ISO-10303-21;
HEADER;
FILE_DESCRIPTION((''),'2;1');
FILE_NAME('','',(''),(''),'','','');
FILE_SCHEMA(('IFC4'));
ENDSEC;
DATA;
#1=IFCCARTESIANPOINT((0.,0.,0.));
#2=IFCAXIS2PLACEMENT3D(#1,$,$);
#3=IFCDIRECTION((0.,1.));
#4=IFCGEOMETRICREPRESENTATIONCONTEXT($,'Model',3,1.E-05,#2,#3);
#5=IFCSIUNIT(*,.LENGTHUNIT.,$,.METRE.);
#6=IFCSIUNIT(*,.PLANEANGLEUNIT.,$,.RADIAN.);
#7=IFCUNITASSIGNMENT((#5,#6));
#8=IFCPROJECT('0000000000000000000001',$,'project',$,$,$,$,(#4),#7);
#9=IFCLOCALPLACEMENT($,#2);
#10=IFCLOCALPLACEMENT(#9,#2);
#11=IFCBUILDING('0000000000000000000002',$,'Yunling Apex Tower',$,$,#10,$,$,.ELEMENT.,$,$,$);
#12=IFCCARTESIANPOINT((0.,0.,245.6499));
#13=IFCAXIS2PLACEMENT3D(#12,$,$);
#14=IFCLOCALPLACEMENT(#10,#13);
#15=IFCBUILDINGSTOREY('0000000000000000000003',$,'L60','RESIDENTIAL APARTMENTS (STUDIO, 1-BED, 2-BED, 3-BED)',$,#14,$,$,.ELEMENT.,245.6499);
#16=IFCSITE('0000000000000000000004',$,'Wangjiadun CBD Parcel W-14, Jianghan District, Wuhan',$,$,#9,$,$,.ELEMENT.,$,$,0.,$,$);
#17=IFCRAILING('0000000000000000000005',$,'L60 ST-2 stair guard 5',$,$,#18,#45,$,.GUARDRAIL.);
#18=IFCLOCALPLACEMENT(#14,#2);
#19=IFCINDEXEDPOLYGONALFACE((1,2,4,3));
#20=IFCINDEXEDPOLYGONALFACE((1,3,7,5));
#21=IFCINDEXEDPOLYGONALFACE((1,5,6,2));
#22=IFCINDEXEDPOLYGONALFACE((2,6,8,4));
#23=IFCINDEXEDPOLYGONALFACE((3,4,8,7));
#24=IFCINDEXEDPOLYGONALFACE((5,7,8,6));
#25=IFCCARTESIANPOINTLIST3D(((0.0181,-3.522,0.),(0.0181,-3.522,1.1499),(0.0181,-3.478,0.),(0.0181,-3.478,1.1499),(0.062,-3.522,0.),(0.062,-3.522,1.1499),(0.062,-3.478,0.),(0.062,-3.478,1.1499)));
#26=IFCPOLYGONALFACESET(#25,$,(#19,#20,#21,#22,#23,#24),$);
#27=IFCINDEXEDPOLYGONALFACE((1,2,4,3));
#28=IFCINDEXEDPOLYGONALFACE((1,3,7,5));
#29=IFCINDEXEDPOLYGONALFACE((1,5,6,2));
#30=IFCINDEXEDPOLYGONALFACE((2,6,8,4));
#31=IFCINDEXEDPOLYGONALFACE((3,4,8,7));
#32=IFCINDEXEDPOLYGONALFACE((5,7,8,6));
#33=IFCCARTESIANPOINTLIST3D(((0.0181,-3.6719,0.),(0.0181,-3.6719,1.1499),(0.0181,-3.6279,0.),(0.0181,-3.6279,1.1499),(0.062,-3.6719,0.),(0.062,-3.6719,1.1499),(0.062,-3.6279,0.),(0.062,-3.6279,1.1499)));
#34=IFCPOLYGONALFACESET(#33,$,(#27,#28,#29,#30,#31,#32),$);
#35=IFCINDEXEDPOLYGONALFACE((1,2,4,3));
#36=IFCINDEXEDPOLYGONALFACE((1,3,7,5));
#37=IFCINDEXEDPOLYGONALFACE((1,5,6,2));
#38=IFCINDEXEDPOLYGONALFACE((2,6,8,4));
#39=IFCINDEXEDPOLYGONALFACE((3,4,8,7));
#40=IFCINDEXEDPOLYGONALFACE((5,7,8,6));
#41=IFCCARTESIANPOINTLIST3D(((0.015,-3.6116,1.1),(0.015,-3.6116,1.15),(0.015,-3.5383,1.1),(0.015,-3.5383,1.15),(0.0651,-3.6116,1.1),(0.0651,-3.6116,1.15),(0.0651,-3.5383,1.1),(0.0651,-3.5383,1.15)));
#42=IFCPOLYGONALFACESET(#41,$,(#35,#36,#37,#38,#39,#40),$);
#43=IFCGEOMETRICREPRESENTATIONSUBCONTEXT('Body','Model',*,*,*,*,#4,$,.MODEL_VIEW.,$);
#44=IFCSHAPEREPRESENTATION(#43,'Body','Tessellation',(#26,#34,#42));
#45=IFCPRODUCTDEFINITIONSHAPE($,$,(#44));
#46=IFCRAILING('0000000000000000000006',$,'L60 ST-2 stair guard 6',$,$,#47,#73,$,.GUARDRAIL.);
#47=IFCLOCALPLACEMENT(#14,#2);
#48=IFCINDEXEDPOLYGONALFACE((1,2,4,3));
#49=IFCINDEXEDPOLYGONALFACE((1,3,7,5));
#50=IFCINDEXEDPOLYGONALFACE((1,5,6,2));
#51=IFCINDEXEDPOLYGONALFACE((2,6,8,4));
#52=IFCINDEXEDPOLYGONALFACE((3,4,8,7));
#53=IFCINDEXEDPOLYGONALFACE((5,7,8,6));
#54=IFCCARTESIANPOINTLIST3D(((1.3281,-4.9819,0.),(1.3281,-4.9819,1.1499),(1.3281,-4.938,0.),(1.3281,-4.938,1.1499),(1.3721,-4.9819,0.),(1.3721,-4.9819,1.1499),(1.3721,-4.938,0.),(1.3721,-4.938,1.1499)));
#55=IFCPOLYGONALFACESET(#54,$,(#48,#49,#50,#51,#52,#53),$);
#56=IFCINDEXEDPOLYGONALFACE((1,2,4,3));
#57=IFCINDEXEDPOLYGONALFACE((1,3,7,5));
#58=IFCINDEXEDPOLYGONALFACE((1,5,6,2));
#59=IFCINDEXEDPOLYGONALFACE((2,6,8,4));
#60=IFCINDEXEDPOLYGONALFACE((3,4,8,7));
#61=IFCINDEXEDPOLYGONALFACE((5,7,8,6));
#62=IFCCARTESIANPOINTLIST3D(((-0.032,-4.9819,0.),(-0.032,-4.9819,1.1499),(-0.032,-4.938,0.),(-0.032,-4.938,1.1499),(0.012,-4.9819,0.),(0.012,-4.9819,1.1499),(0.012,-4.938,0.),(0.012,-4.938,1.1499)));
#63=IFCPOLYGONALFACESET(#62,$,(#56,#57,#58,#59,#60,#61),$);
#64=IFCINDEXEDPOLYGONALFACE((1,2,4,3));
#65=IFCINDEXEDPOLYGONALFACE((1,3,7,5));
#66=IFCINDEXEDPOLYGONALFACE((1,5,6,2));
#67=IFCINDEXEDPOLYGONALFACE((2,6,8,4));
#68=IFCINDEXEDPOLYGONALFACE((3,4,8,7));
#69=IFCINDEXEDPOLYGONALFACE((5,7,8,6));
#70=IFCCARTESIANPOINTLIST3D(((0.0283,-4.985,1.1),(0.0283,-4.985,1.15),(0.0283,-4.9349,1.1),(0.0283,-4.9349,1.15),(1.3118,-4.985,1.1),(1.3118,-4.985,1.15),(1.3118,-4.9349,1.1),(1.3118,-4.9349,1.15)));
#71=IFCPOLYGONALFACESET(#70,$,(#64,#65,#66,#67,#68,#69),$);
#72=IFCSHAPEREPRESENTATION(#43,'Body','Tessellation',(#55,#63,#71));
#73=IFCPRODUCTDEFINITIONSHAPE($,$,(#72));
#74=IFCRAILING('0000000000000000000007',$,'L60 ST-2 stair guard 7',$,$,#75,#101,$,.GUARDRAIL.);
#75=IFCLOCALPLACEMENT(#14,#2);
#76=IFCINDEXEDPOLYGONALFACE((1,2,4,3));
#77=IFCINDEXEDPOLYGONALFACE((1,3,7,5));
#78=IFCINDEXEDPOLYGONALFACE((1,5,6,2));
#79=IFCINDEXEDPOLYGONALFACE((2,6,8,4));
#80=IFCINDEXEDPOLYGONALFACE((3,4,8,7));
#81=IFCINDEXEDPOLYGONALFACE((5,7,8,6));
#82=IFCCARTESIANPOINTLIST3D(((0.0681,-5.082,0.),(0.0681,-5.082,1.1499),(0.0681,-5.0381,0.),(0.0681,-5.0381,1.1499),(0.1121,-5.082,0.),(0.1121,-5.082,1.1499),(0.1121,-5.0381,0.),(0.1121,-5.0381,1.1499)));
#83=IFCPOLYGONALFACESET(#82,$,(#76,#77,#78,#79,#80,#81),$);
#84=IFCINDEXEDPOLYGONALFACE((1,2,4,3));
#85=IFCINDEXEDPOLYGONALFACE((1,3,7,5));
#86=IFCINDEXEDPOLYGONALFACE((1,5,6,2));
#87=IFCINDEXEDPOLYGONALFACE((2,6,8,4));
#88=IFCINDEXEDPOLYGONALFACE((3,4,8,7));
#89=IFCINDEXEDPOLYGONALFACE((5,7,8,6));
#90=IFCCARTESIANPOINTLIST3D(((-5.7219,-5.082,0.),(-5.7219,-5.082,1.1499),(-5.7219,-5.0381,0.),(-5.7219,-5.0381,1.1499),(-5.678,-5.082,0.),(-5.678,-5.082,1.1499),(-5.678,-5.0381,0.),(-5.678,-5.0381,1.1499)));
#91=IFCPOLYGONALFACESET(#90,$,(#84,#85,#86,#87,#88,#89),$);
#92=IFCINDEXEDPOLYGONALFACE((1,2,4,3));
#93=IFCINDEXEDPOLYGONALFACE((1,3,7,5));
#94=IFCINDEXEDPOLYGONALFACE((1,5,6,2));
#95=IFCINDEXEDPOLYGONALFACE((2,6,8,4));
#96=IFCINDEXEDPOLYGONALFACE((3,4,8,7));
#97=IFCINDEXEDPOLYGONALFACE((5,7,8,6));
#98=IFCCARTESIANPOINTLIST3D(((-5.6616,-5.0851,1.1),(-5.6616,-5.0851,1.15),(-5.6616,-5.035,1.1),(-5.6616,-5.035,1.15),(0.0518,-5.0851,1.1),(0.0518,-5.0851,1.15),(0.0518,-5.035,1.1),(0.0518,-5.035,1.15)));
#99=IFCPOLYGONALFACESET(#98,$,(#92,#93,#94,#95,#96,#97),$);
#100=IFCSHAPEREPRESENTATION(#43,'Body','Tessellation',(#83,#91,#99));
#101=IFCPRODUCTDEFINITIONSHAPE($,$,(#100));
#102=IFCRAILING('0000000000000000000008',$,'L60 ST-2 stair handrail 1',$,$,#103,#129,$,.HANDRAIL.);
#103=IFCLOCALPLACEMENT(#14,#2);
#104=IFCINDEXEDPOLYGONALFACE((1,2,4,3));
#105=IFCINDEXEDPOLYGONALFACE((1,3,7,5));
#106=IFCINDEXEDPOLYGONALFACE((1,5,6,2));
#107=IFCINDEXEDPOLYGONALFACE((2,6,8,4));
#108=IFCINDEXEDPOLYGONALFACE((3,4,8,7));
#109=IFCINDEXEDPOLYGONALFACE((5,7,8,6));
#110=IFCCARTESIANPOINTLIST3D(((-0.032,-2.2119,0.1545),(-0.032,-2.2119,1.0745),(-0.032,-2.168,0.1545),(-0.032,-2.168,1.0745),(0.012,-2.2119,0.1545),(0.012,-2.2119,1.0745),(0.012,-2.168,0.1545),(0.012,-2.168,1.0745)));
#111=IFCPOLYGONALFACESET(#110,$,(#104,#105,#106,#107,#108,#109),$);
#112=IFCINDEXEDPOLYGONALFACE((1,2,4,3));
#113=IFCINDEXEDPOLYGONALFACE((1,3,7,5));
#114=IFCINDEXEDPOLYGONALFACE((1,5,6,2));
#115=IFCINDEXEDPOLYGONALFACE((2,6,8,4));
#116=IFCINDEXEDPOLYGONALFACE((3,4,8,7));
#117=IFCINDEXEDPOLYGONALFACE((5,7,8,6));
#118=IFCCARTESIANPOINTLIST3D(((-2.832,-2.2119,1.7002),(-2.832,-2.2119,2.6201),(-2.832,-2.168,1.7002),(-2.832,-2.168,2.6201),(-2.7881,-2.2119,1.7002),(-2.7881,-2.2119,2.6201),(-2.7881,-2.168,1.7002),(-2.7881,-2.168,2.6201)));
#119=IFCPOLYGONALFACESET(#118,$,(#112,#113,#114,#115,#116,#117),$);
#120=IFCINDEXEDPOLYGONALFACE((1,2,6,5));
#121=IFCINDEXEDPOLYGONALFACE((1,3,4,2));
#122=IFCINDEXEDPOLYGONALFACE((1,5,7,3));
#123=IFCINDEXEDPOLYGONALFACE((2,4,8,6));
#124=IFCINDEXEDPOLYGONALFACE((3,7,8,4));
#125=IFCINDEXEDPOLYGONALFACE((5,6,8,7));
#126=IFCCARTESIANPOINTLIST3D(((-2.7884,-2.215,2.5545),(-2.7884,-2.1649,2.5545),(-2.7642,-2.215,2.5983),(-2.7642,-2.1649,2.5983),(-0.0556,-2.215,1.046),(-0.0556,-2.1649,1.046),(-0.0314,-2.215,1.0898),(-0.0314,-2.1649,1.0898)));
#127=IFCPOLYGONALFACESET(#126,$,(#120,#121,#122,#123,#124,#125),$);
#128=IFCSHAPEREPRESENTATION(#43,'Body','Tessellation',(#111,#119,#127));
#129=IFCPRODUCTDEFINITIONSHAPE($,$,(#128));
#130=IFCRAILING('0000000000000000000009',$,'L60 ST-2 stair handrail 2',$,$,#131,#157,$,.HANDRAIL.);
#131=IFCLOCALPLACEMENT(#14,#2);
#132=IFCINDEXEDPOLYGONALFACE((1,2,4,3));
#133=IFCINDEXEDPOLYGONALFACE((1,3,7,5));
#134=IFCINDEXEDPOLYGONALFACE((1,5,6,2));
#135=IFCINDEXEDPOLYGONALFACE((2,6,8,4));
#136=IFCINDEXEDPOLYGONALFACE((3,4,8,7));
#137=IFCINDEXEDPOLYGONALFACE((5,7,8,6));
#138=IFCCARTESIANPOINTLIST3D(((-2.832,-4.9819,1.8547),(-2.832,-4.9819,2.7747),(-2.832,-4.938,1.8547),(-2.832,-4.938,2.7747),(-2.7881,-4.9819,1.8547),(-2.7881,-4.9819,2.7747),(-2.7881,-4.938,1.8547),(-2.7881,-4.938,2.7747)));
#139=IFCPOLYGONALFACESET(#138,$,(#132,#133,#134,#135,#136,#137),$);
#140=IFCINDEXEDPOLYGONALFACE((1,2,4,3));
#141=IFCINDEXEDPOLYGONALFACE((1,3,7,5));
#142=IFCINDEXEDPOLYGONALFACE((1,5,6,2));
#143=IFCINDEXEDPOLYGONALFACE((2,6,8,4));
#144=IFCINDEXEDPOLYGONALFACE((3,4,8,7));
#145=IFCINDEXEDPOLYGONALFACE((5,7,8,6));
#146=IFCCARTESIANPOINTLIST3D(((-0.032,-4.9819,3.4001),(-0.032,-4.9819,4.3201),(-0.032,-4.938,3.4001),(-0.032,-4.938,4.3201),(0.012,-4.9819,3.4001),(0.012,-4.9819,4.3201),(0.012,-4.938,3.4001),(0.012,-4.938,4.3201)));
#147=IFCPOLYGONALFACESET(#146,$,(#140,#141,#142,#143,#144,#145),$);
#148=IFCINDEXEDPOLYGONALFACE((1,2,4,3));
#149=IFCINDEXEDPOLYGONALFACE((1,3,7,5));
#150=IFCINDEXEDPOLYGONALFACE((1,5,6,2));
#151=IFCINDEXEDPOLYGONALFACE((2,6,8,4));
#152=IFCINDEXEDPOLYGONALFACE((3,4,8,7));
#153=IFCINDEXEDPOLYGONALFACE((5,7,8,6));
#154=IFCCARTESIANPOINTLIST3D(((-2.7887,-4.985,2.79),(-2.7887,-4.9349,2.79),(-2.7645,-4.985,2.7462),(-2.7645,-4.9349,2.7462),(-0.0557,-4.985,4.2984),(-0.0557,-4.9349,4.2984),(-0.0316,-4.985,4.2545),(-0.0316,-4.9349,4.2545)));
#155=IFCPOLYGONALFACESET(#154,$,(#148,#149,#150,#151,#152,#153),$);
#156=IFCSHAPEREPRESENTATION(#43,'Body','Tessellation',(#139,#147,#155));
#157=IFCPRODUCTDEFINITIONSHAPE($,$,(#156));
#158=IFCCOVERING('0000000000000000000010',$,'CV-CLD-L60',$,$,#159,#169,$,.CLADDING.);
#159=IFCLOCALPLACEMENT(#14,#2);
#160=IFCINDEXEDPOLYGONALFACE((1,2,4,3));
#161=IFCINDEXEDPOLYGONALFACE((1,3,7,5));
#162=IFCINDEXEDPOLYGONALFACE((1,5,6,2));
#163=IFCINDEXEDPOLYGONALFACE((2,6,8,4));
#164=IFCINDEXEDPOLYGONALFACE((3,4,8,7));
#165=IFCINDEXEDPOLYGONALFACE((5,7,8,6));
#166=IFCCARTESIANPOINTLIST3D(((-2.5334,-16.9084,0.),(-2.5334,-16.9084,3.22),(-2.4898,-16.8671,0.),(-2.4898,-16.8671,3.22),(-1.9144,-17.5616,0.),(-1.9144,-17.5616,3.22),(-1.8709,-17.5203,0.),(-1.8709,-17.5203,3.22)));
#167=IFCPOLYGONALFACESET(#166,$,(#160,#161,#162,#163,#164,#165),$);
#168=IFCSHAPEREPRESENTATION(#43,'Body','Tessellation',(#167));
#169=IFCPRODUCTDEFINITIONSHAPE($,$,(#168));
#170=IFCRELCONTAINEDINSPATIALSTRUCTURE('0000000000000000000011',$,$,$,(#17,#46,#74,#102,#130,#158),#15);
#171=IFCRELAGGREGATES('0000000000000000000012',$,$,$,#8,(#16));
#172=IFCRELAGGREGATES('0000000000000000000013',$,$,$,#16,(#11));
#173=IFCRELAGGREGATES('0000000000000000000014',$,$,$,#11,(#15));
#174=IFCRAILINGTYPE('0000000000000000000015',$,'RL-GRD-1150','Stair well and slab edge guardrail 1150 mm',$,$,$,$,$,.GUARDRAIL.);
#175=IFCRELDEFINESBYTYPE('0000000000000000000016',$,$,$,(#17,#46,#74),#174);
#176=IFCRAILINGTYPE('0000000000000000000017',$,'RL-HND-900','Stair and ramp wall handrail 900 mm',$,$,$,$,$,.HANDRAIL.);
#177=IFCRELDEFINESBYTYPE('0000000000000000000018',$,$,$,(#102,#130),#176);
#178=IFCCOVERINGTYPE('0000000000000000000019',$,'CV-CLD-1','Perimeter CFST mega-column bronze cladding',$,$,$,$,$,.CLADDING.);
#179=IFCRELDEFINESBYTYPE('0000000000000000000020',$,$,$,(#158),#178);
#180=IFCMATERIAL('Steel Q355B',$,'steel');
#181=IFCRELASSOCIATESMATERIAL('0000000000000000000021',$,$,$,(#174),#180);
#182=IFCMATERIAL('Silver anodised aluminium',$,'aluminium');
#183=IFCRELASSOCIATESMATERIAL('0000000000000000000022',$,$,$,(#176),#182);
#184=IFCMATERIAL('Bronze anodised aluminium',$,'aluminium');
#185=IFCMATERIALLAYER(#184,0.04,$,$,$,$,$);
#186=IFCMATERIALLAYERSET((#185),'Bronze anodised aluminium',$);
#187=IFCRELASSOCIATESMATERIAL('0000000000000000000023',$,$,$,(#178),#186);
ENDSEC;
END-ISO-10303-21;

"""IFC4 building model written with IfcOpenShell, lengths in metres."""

from ifc_helpers import new_model, si_unit, direction, frame, origin, origin_2d, place, context, subcontext, project, spatial, rectangle, extrude, source, transform, mapped, material, layer, layer_set, type_object, element, save


model = new_model("IFC4")

# Units and contexts
model_context = context("Model", 3, precision=1e-05, world=origin(), true_north=direction((0.0, 1.0)))
body_context = subcontext(model_context, "Body", "Model", "MODEL_VIEW")
ifc_project = project(units=[si_unit("LENGTHUNIT", "METRE"), si_unit("PLANEANGLEUNIT", "RADIAN")], contexts=[model_context])

# Site, building, storey
site_placement = place(None, origin())
site = spatial("IfcSite", under=ifc_project, at=site_placement, Name="Wangjiadun CBD Parcel W-14, Jianghan District, Wuhan", CompositionType="ELEMENT", RefElevation=0.0)
building_placement = place(site_placement, origin())
building = spatial("IfcBuilding", under=site, at=building_placement, Name="Yunling Apex Tower", CompositionType="ELEMENT")
storey_placement = place(building_placement, frame((0.0, 0.0, 245.6499)))
storey = spatial("IfcBuildingStorey", under=building, at=storey_placement, Name="L60", Description="RESIDENTIAL APARTMENTS (STUDIO, 1-BED, 2-BED, 3-BED)", CompositionType="ELEMENT", Elevation=245.6499)

# Shared definitions
ifc_material_1 = material(Name="Steel Q355B", Category="steel")

# Shared definitions
ifc_material_2 = material(Name="Bronze anodised aluminium", Category="aluminium")

# Railings
railing_type_1 = type_object("IfcRailingType", Name="RL-GRD-1150", Description="Stair well and slab edge guardrail 1150 mm", PredefinedType="GUARDRAIL", material=ifc_material_1)
railing_1_placement = place(storey_placement, frame((0.04, -3.5, 0.0)))
element("IfcRailing", 1, at=railing_1_placement, inside=storey, type_object=railing_type_1, Name="L60 ST-2 stair guard 5", PredefinedType="GUARDRAIL", context=body_context, shape_type="SweptSolid", body=[
    extrude(rectangle(XDim=0.0439, YDim=0.0439, at=origin_2d()), origin(), (0.0, 0.0, 1.0), 1.1499),
    extrude(rectangle(XDim=0.0439, YDim=0.0439, at=origin_2d()), frame((0.0, -0.1499, 0.0)), (0.0, 0.0, 1.0), 1.1499),
    extrude(rectangle(XDim=0.05, YDim=0.05, at=origin_2d()), frame((0.0, -0.0383, 1.125), z_axis=(0.0, -1.0, 0.0), x_axis=(1.0, 0.0, 0.0)), (0.0, 0.0, 1.0), 0.0732),
])
railing_2_placement = place(storey_placement, frame((1.3501, -4.96, 0.0)))
element("IfcRailing", 2, at=railing_2_placement, inside=storey, type_object=railing_type_1, Name="L60 ST-2 stair guard 6", PredefinedType="GUARDRAIL", context=body_context, shape_type="SweptSolid", body=[
    extrude(rectangle(XDim=0.0439, YDim=0.0439, at=origin_2d()), origin(), (0.0, 0.0, 1.0), 1.1499),
    extrude(rectangle(XDim=0.0439, YDim=0.0439, at=origin_2d()), frame((-1.3601, 0.0, 0.0)), (0.0, 0.0, 1.0), 1.1499),
    extrude(rectangle(XDim=0.05, YDim=0.05, at=origin_2d()), frame((-0.0383, 0.0, 1.125), z_axis=(-1.0, 0.0, 0.0), x_axis=(0.0, -1.0, 0.0)), (0.0, 0.0, 1.0), 1.2834),
])
railing_3_placement = place(storey_placement, frame((0.0901, -5.0601, 0.0)))
element("IfcRailing", 3, at=railing_3_placement, inside=storey, type_object=railing_type_1, Name="L60 ST-2 stair guard 7", PredefinedType="GUARDRAIL", context=body_context, shape_type="SweptSolid", body=[
    extrude(rectangle(XDim=0.0439, YDim=0.0439, at=origin_2d()), origin(), (0.0, 0.0, 1.0), 1.1499),
    extrude(rectangle(XDim=0.0439, YDim=0.0439, at=origin_2d()), frame((-5.79, 0.0, 0.0)), (0.0, 0.0, 1.0), 1.1499),
    extrude(rectangle(XDim=0.05, YDim=0.05, at=origin_2d()), frame((-0.0383, 0.0, 1.125), z_axis=(-1.0, 0.0, 0.0), x_axis=(0.0, -1.0, 0.0)), (0.0, 0.0, 1.0), 5.7134),
])
ifc_material_3 = material(Name="Silver anodised aluminium", Category="aluminium")
railing_type_2 = type_object("IfcRailingType", Name="RL-HND-900", Description="Stair and ramp wall handrail 900 mm", PredefinedType="HANDRAIL", material=ifc_material_3)
railing_4_placement = place(storey_placement, frame((-0.01, -2.1899, 0.1545)))
element("IfcRailing", 4, at=railing_4_placement, inside=storey, type_object=railing_type_2, Name="L60 ST-2 stair handrail 1", PredefinedType="HANDRAIL", context=body_context, shape_type="SweptSolid", body=[
    extrude(rectangle(XDim=0.0439, YDim=0.0439, at=origin_2d()), origin(), (0.0, 0.0, 1.0), 0.9199),
    extrude(rectangle(XDim=0.0439, YDim=0.0439, at=origin_2d()), frame((-2.8, 0.0, 1.5457)), (0.0, 0.0, 1.0), 0.9199),
    extrude(rectangle(XDim=0.05, YDim=0.05, at=origin_2d()), frame((-0.0334, 0.0, 0.9133), z_axis=(-0.875472, 0.0, 0.483269), x_axis=(0.0, -1.0, 0.0)), (0.0, 0.0, 1.0), 3.1216),
])
railing_5_placement = place(storey_placement, frame((-2.8101, -4.96, 1.8547)))
element("IfcRailing", 5, at=railing_5_placement, inside=storey, type_object=railing_type_2, Name="L60 ST-2 stair handrail 2", PredefinedType="HANDRAIL", context=body_context, shape_type="SweptSolid", body=[
    extrude(rectangle(XDim=0.0439, YDim=0.0439, at=origin_2d()), origin(), (0.0, 0.0, 1.0), 0.9199),
    extrude(rectangle(XDim=0.0439, YDim=0.0439, at=origin_2d()), frame((2.8, 0.0, 1.5454)), (0.0, 0.0, 1.0), 0.9199),
    extrude(rectangle(XDim=0.05, YDim=0.05, at=origin_2d()), frame((0.0334, 0.0, 0.9133), z_axis=(0.875504, 0.0, 0.483211), x_axis=(0.0, 1.0, 0.0)), (0.0, 0.0, 1.0), 3.1216),
])

# Covering
ifc_layer_1 = layer(ifc_material_2, 0.04)
ifc_layer_set_1 = layer_set([ifc_layer_1], Name="Bronze anodised aluminium")
covering_type = type_object("IfcCoveringType", Name="CV-CLD-1", Description="Perimeter CFST mega-column bronze cladding", PredefinedType="CLADDING", material=ifc_layer_set_1)
shared_shape_1 = source(origin(), body_context, "Body", "SweptSolid", [
    extrude(rectangle(XDim=0.0601, YDim=0.8999, at=origin_2d()), origin(), (0.0, 0.0, 1.0), 3.22),
])
covering_placement = place(storey_placement, frame((-2.2021, -17.2144, 0.0), z_axis=(0.0, 0.0, 1.0), x_axis=(0.725855, 0.687848, 0.0)))
element("IfcCovering", 6, at=covering_placement, inside=storey, type_object=covering_type, Name="CV-CLD-L60", PredefinedType="CLADDING", context=body_context, shape_type="MappedRepresentation", body=[
    mapped(shared_shape_1, transform((0.0, 0.0, 0.0), scale=1.0)),
])

save(model, "model.ifc")
